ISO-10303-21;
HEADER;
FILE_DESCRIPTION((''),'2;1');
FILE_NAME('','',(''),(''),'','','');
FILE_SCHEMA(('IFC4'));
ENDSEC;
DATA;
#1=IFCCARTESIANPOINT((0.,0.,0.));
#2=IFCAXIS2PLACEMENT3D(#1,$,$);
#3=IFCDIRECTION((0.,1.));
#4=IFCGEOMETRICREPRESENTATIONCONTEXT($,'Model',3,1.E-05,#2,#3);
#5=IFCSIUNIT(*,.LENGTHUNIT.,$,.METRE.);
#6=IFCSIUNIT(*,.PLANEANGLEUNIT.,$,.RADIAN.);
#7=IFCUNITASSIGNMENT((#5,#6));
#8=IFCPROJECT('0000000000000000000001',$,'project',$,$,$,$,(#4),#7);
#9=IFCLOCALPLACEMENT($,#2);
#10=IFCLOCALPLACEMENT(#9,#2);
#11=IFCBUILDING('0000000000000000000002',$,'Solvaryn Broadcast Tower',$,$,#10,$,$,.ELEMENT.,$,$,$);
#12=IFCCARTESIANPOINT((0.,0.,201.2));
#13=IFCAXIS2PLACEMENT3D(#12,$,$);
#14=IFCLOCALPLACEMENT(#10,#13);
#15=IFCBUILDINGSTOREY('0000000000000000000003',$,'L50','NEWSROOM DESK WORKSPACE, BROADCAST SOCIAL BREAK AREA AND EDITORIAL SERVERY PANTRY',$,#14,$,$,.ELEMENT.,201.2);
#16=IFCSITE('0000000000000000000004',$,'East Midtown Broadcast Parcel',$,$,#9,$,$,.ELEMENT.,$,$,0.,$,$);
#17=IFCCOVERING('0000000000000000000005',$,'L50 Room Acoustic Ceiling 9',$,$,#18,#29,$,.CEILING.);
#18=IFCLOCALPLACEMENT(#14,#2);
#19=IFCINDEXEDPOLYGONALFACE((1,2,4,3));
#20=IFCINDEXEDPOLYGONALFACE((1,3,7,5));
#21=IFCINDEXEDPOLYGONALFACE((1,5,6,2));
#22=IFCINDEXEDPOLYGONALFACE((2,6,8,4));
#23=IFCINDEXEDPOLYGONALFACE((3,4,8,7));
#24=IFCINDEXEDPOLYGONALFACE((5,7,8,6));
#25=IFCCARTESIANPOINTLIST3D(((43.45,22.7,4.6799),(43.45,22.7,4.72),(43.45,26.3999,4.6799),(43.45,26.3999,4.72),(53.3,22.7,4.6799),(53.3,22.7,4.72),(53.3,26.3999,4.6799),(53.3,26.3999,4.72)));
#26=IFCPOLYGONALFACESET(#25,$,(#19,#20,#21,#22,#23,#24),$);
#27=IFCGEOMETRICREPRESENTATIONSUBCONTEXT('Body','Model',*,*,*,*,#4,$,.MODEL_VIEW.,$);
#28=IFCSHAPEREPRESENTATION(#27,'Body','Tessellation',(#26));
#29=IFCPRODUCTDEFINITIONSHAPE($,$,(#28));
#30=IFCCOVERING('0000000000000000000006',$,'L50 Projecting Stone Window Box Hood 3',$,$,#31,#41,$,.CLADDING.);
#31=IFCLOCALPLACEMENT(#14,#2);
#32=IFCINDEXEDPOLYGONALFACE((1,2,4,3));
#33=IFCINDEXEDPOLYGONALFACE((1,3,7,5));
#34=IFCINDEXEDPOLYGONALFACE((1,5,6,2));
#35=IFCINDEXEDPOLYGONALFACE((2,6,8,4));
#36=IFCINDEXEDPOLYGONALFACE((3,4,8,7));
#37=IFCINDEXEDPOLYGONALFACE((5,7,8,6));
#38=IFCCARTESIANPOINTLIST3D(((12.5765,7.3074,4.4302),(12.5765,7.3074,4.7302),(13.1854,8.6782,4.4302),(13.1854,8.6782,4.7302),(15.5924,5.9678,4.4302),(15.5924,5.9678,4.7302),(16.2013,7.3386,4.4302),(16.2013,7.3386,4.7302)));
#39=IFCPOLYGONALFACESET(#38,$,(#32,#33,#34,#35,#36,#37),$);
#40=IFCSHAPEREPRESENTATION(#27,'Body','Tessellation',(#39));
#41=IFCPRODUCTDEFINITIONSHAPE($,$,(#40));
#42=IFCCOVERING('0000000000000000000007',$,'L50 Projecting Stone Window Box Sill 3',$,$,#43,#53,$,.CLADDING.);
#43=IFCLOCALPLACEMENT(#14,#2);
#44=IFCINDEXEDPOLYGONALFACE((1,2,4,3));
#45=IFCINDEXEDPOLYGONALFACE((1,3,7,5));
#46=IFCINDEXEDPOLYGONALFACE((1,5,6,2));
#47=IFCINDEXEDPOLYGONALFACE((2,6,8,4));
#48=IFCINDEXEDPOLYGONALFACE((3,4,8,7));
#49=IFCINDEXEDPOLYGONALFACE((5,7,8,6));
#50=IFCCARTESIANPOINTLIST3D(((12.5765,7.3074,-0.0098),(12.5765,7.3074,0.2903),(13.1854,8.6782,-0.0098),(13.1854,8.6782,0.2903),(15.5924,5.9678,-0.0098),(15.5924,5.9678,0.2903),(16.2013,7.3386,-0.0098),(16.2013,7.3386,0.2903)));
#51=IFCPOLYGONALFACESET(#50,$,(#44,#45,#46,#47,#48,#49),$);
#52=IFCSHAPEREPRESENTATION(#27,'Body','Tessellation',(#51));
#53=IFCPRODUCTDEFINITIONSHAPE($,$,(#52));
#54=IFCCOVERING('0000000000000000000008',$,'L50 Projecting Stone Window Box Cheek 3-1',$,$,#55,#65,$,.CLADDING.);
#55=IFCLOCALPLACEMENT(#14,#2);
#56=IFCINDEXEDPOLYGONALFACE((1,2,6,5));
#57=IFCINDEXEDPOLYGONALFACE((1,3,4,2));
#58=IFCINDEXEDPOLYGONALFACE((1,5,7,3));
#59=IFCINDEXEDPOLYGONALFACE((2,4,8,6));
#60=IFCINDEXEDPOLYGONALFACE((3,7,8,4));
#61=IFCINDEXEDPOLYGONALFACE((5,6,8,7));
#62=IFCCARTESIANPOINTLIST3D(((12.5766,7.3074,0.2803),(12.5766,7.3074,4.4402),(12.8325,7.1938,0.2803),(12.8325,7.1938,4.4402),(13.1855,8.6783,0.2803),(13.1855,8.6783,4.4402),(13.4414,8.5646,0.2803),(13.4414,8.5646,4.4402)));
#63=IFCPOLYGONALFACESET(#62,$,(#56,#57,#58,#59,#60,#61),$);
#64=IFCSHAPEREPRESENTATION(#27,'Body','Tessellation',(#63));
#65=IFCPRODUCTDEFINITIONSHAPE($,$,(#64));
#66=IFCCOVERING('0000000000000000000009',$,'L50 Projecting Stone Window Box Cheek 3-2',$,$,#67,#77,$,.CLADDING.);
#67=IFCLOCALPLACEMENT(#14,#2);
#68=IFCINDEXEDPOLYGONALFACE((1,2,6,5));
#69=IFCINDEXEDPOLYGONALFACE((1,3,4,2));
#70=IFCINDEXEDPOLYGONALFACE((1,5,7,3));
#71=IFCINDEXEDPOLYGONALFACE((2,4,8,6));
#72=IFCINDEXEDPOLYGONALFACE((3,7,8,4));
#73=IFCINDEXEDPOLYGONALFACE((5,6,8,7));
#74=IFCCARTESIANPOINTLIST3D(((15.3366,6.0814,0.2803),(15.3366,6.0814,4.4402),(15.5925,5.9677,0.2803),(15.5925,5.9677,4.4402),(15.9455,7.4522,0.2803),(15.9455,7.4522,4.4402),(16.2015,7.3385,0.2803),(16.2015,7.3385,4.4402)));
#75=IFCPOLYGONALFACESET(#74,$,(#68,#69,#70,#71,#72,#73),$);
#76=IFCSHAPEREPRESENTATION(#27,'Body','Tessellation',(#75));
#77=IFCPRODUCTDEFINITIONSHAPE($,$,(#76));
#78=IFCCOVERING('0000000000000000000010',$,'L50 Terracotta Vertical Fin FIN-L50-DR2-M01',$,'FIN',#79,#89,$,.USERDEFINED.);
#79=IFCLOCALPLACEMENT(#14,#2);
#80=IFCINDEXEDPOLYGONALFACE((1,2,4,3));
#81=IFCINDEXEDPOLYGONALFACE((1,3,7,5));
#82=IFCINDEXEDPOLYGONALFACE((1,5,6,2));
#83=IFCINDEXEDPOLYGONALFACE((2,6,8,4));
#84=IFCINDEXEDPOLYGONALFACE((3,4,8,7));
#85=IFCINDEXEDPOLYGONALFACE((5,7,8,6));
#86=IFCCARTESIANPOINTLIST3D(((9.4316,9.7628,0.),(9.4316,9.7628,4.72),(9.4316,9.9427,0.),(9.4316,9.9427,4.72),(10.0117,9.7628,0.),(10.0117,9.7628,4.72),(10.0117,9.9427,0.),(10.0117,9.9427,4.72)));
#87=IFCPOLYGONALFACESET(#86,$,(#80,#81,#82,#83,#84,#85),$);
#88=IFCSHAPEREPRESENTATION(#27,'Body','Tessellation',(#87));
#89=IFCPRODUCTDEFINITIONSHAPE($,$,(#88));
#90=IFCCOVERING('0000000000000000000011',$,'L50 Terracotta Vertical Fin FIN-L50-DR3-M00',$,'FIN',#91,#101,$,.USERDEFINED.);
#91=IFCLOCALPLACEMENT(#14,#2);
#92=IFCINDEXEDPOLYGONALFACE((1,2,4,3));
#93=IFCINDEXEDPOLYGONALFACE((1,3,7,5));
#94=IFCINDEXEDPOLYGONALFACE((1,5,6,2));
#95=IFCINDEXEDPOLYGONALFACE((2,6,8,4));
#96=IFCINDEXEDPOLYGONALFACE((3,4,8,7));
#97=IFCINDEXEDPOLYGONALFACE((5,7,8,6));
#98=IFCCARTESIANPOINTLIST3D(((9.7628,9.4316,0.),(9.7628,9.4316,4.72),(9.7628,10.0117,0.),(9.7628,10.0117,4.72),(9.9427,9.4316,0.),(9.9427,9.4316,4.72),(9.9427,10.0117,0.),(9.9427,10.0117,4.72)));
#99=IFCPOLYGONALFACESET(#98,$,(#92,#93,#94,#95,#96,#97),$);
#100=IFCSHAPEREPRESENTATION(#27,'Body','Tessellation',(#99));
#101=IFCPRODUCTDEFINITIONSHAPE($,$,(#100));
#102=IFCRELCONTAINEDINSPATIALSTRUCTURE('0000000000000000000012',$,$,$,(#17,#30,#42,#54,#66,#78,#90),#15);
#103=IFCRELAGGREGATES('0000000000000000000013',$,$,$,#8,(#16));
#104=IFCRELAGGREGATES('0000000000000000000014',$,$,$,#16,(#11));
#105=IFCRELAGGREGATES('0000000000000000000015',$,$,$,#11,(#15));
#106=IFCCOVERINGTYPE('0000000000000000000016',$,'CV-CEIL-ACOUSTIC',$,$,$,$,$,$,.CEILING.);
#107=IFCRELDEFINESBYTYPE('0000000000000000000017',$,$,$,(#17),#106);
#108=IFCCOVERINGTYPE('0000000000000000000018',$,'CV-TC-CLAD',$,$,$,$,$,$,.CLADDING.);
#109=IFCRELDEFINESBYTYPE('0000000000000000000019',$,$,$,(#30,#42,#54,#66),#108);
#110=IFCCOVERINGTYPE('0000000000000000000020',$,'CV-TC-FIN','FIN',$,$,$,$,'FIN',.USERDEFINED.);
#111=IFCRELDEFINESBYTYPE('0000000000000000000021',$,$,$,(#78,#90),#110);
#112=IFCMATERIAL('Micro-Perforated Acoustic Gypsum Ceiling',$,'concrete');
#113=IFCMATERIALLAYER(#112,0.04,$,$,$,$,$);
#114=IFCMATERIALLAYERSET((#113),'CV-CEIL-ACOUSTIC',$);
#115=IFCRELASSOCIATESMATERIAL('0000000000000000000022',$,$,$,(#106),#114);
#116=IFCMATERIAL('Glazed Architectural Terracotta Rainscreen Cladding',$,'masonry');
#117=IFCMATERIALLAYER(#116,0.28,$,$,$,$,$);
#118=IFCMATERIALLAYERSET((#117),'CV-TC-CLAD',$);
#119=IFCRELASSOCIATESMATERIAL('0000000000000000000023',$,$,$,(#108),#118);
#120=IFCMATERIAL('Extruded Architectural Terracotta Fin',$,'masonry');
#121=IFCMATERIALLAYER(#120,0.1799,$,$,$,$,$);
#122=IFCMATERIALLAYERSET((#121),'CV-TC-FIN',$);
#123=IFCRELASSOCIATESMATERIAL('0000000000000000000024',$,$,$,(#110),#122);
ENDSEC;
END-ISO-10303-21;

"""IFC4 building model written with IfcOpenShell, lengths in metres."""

from ifc_helpers import new_model, si_unit, direction, frame, origin, origin_2d, place, context, subcontext, project, spatial, polyline, rectangle, outline, extrude, material, layer, layer_set, type_object, element, save


model = new_model("IFC4")

# Units and contexts
model_context = context("Model", 3, precision=1e-05, world=origin(), true_north=direction((0.0, 1.0)))
body_context = subcontext(model_context, "Body", "Model", "MODEL_VIEW")
ifc_project = project(units=[si_unit("LENGTHUNIT", "METRE"), si_unit("PLANEANGLEUNIT", "RADIAN")], contexts=[model_context])

# Site, building, storey
site_placement = place(None, origin())
site = spatial("IfcSite", under=ifc_project, at=site_placement, Name="East Midtown Broadcast Parcel", CompositionType="ELEMENT", RefElevation=0.0)
building_placement = place(site_placement, origin())
building = spatial("IfcBuilding", under=site, at=building_placement, Name="Solvaryn Broadcast Tower", CompositionType="ELEMENT")
storey_placement = place(building_placement, frame((0.0, 0.0, 201.2)))
storey = spatial("IfcBuildingStorey", under=building, at=storey_placement, Name="L50", Description="NEWSROOM DESK WORKSPACE, BROADCAST SOCIAL BREAK AREA AND EDITORIAL SERVERY PANTRY", CompositionType="ELEMENT", Elevation=201.2)

# Coverings
ifc_material_1 = material(Name="Micro-Perforated Acoustic Gypsum Ceiling", Category="concrete")
ifc_layer_1 = layer(ifc_material_1, 0.04)
ifc_layer_set_1 = layer_set([ifc_layer_1], Name="CV-CEIL-ACOUSTIC")
covering_type_1 = type_object("IfcCoveringType", Name="CV-CEIL-ACOUSTIC", PredefinedType="CEILING", material=ifc_layer_set_1)
covering_1_placement = place(storey_placement, frame((0.0, 0.0, 4.6799)))
element("IfcCovering", 1, at=covering_1_placement, inside=storey, type_object=covering_type_1, Name="L50 Room Acoustic Ceiling 9", PredefinedType="CEILING", context=body_context, shape_type="SweptSolid", body=[
    extrude(outline(polyline([(43.45, 22.7), (53.3, 22.7), (53.3, 26.3999), (43.45, 26.3999), (43.45, 22.7)])), origin(), (0.0, 0.0, 1.0), 0.04),
])
ifc_material_2 = material(Name="Glazed Architectural Terracotta Rainscreen Cladding", Category="masonry")
ifc_layer_2 = layer(ifc_material_2, 0.28)
ifc_layer_set_2 = layer_set([ifc_layer_2], Name="CV-TC-CLAD")
covering_type_2 = type_object("IfcCoveringType", Name="CV-TC-CLAD", PredefinedType="CLADDING", material=ifc_layer_set_2)
for number, where, z_axis, x_axis, name in (
    (2, (14.3889, 7.323, 4.4302), (0.0, 0.0, 1.0), (0.9139, -0.405939, 0.0), "L50 Projecting Stone Window Box Hood 3"),
    (3, (14.3889, 7.323, -0.0098), (0.0, 0.0, 1.0), (0.9139, -0.405939, 0.0), "L50 Projecting Stone Window Box Sill 3"),
):
    element("IfcCovering", number, at=place(storey_placement, frame(where, z_axis=z_axis, x_axis=x_axis)), inside=storey, type_object=covering_type_2, Name=name, PredefinedType="CLADDING", context=body_context, shape_type="SweptSolid", body=[
        extrude(rectangle(XDim=3.3, YDim=1.5, at=origin_2d()), origin(), (0.0, 0.0, 1.0), 0.3),
    ])
for number, where, z_axis, x_axis, name in (
    (4, (13.009, 7.936, 0.2803), (0.0, 0.0, 1.0), (0.9139, -0.405939, 0.0), "L50 Projecting Stone Window Box Cheek 3-1"),
    (5, (15.769, 6.71, 0.2803), (0.0, 0.0, 1.0), (0.9139, -0.405939, 0.0), "L50 Projecting Stone Window Box Cheek 3-2"),
):
    element("IfcCovering", number, at=place(storey_placement, frame(where, z_axis=z_axis, x_axis=x_axis)), inside=storey, type_object=covering_type_2, Name=name, PredefinedType="CLADDING", context=body_context, shape_type="SweptSolid", body=[
        extrude(rectangle(XDim=0.28, YDim=1.5, at=origin_2d()), origin(), (0.0, 0.0, 1.0), 4.1599),
    ])
ifc_material_3 = material(Name="Extruded Architectural Terracotta Fin", Category="masonry")
ifc_layer_3 = layer(ifc_material_3, 0.1799)
ifc_layer_set_3 = layer_set([ifc_layer_3], Name="CV-TC-FIN")
covering_type_3 = type_object("IfcCoveringType", Name="CV-TC-FIN", Description="FIN", ElementType="FIN", PredefinedType="USERDEFINED", material=ifc_layer_set_3)
covering_2_placement = place(storey_placement, frame((9.7217, 9.8528, 0.0), z_axis=(0.0, 0.0, 1.0), x_axis=(1.0, 0.0, 0.0)))
element("IfcCovering", 6, at=covering_2_placement, inside=storey, type_object=covering_type_3, Name="L50 Terracotta Vertical Fin FIN-L50-DR2-M01", ObjectType="FIN", PredefinedType="USERDEFINED", context=body_context, shape_type="SweptSolid", body=[
    extrude(rectangle(XDim=0.5801, YDim=0.1799, at=origin_2d()), origin(), (0.0, 0.0, 1.0), 4.72),
])
covering_3_placement = place(storey_placement, frame((9.8528, 9.7217, 0.0), z_axis=(0.0, 0.0, 1.0), x_axis=(1.0, 0.0, 0.0)))
element("IfcCovering", 7, at=covering_3_placement, inside=storey, type_object=covering_type_3, Name="L50 Terracotta Vertical Fin FIN-L50-DR3-M00", ObjectType="FIN", PredefinedType="USERDEFINED", context=body_context, shape_type="SweptSolid", body=[
    extrude(rectangle(XDim=0.1799, YDim=0.5801, at=origin_2d()), origin(), (0.0, 0.0, 1.0), 4.72),
])

save(model, "model.ifc")
